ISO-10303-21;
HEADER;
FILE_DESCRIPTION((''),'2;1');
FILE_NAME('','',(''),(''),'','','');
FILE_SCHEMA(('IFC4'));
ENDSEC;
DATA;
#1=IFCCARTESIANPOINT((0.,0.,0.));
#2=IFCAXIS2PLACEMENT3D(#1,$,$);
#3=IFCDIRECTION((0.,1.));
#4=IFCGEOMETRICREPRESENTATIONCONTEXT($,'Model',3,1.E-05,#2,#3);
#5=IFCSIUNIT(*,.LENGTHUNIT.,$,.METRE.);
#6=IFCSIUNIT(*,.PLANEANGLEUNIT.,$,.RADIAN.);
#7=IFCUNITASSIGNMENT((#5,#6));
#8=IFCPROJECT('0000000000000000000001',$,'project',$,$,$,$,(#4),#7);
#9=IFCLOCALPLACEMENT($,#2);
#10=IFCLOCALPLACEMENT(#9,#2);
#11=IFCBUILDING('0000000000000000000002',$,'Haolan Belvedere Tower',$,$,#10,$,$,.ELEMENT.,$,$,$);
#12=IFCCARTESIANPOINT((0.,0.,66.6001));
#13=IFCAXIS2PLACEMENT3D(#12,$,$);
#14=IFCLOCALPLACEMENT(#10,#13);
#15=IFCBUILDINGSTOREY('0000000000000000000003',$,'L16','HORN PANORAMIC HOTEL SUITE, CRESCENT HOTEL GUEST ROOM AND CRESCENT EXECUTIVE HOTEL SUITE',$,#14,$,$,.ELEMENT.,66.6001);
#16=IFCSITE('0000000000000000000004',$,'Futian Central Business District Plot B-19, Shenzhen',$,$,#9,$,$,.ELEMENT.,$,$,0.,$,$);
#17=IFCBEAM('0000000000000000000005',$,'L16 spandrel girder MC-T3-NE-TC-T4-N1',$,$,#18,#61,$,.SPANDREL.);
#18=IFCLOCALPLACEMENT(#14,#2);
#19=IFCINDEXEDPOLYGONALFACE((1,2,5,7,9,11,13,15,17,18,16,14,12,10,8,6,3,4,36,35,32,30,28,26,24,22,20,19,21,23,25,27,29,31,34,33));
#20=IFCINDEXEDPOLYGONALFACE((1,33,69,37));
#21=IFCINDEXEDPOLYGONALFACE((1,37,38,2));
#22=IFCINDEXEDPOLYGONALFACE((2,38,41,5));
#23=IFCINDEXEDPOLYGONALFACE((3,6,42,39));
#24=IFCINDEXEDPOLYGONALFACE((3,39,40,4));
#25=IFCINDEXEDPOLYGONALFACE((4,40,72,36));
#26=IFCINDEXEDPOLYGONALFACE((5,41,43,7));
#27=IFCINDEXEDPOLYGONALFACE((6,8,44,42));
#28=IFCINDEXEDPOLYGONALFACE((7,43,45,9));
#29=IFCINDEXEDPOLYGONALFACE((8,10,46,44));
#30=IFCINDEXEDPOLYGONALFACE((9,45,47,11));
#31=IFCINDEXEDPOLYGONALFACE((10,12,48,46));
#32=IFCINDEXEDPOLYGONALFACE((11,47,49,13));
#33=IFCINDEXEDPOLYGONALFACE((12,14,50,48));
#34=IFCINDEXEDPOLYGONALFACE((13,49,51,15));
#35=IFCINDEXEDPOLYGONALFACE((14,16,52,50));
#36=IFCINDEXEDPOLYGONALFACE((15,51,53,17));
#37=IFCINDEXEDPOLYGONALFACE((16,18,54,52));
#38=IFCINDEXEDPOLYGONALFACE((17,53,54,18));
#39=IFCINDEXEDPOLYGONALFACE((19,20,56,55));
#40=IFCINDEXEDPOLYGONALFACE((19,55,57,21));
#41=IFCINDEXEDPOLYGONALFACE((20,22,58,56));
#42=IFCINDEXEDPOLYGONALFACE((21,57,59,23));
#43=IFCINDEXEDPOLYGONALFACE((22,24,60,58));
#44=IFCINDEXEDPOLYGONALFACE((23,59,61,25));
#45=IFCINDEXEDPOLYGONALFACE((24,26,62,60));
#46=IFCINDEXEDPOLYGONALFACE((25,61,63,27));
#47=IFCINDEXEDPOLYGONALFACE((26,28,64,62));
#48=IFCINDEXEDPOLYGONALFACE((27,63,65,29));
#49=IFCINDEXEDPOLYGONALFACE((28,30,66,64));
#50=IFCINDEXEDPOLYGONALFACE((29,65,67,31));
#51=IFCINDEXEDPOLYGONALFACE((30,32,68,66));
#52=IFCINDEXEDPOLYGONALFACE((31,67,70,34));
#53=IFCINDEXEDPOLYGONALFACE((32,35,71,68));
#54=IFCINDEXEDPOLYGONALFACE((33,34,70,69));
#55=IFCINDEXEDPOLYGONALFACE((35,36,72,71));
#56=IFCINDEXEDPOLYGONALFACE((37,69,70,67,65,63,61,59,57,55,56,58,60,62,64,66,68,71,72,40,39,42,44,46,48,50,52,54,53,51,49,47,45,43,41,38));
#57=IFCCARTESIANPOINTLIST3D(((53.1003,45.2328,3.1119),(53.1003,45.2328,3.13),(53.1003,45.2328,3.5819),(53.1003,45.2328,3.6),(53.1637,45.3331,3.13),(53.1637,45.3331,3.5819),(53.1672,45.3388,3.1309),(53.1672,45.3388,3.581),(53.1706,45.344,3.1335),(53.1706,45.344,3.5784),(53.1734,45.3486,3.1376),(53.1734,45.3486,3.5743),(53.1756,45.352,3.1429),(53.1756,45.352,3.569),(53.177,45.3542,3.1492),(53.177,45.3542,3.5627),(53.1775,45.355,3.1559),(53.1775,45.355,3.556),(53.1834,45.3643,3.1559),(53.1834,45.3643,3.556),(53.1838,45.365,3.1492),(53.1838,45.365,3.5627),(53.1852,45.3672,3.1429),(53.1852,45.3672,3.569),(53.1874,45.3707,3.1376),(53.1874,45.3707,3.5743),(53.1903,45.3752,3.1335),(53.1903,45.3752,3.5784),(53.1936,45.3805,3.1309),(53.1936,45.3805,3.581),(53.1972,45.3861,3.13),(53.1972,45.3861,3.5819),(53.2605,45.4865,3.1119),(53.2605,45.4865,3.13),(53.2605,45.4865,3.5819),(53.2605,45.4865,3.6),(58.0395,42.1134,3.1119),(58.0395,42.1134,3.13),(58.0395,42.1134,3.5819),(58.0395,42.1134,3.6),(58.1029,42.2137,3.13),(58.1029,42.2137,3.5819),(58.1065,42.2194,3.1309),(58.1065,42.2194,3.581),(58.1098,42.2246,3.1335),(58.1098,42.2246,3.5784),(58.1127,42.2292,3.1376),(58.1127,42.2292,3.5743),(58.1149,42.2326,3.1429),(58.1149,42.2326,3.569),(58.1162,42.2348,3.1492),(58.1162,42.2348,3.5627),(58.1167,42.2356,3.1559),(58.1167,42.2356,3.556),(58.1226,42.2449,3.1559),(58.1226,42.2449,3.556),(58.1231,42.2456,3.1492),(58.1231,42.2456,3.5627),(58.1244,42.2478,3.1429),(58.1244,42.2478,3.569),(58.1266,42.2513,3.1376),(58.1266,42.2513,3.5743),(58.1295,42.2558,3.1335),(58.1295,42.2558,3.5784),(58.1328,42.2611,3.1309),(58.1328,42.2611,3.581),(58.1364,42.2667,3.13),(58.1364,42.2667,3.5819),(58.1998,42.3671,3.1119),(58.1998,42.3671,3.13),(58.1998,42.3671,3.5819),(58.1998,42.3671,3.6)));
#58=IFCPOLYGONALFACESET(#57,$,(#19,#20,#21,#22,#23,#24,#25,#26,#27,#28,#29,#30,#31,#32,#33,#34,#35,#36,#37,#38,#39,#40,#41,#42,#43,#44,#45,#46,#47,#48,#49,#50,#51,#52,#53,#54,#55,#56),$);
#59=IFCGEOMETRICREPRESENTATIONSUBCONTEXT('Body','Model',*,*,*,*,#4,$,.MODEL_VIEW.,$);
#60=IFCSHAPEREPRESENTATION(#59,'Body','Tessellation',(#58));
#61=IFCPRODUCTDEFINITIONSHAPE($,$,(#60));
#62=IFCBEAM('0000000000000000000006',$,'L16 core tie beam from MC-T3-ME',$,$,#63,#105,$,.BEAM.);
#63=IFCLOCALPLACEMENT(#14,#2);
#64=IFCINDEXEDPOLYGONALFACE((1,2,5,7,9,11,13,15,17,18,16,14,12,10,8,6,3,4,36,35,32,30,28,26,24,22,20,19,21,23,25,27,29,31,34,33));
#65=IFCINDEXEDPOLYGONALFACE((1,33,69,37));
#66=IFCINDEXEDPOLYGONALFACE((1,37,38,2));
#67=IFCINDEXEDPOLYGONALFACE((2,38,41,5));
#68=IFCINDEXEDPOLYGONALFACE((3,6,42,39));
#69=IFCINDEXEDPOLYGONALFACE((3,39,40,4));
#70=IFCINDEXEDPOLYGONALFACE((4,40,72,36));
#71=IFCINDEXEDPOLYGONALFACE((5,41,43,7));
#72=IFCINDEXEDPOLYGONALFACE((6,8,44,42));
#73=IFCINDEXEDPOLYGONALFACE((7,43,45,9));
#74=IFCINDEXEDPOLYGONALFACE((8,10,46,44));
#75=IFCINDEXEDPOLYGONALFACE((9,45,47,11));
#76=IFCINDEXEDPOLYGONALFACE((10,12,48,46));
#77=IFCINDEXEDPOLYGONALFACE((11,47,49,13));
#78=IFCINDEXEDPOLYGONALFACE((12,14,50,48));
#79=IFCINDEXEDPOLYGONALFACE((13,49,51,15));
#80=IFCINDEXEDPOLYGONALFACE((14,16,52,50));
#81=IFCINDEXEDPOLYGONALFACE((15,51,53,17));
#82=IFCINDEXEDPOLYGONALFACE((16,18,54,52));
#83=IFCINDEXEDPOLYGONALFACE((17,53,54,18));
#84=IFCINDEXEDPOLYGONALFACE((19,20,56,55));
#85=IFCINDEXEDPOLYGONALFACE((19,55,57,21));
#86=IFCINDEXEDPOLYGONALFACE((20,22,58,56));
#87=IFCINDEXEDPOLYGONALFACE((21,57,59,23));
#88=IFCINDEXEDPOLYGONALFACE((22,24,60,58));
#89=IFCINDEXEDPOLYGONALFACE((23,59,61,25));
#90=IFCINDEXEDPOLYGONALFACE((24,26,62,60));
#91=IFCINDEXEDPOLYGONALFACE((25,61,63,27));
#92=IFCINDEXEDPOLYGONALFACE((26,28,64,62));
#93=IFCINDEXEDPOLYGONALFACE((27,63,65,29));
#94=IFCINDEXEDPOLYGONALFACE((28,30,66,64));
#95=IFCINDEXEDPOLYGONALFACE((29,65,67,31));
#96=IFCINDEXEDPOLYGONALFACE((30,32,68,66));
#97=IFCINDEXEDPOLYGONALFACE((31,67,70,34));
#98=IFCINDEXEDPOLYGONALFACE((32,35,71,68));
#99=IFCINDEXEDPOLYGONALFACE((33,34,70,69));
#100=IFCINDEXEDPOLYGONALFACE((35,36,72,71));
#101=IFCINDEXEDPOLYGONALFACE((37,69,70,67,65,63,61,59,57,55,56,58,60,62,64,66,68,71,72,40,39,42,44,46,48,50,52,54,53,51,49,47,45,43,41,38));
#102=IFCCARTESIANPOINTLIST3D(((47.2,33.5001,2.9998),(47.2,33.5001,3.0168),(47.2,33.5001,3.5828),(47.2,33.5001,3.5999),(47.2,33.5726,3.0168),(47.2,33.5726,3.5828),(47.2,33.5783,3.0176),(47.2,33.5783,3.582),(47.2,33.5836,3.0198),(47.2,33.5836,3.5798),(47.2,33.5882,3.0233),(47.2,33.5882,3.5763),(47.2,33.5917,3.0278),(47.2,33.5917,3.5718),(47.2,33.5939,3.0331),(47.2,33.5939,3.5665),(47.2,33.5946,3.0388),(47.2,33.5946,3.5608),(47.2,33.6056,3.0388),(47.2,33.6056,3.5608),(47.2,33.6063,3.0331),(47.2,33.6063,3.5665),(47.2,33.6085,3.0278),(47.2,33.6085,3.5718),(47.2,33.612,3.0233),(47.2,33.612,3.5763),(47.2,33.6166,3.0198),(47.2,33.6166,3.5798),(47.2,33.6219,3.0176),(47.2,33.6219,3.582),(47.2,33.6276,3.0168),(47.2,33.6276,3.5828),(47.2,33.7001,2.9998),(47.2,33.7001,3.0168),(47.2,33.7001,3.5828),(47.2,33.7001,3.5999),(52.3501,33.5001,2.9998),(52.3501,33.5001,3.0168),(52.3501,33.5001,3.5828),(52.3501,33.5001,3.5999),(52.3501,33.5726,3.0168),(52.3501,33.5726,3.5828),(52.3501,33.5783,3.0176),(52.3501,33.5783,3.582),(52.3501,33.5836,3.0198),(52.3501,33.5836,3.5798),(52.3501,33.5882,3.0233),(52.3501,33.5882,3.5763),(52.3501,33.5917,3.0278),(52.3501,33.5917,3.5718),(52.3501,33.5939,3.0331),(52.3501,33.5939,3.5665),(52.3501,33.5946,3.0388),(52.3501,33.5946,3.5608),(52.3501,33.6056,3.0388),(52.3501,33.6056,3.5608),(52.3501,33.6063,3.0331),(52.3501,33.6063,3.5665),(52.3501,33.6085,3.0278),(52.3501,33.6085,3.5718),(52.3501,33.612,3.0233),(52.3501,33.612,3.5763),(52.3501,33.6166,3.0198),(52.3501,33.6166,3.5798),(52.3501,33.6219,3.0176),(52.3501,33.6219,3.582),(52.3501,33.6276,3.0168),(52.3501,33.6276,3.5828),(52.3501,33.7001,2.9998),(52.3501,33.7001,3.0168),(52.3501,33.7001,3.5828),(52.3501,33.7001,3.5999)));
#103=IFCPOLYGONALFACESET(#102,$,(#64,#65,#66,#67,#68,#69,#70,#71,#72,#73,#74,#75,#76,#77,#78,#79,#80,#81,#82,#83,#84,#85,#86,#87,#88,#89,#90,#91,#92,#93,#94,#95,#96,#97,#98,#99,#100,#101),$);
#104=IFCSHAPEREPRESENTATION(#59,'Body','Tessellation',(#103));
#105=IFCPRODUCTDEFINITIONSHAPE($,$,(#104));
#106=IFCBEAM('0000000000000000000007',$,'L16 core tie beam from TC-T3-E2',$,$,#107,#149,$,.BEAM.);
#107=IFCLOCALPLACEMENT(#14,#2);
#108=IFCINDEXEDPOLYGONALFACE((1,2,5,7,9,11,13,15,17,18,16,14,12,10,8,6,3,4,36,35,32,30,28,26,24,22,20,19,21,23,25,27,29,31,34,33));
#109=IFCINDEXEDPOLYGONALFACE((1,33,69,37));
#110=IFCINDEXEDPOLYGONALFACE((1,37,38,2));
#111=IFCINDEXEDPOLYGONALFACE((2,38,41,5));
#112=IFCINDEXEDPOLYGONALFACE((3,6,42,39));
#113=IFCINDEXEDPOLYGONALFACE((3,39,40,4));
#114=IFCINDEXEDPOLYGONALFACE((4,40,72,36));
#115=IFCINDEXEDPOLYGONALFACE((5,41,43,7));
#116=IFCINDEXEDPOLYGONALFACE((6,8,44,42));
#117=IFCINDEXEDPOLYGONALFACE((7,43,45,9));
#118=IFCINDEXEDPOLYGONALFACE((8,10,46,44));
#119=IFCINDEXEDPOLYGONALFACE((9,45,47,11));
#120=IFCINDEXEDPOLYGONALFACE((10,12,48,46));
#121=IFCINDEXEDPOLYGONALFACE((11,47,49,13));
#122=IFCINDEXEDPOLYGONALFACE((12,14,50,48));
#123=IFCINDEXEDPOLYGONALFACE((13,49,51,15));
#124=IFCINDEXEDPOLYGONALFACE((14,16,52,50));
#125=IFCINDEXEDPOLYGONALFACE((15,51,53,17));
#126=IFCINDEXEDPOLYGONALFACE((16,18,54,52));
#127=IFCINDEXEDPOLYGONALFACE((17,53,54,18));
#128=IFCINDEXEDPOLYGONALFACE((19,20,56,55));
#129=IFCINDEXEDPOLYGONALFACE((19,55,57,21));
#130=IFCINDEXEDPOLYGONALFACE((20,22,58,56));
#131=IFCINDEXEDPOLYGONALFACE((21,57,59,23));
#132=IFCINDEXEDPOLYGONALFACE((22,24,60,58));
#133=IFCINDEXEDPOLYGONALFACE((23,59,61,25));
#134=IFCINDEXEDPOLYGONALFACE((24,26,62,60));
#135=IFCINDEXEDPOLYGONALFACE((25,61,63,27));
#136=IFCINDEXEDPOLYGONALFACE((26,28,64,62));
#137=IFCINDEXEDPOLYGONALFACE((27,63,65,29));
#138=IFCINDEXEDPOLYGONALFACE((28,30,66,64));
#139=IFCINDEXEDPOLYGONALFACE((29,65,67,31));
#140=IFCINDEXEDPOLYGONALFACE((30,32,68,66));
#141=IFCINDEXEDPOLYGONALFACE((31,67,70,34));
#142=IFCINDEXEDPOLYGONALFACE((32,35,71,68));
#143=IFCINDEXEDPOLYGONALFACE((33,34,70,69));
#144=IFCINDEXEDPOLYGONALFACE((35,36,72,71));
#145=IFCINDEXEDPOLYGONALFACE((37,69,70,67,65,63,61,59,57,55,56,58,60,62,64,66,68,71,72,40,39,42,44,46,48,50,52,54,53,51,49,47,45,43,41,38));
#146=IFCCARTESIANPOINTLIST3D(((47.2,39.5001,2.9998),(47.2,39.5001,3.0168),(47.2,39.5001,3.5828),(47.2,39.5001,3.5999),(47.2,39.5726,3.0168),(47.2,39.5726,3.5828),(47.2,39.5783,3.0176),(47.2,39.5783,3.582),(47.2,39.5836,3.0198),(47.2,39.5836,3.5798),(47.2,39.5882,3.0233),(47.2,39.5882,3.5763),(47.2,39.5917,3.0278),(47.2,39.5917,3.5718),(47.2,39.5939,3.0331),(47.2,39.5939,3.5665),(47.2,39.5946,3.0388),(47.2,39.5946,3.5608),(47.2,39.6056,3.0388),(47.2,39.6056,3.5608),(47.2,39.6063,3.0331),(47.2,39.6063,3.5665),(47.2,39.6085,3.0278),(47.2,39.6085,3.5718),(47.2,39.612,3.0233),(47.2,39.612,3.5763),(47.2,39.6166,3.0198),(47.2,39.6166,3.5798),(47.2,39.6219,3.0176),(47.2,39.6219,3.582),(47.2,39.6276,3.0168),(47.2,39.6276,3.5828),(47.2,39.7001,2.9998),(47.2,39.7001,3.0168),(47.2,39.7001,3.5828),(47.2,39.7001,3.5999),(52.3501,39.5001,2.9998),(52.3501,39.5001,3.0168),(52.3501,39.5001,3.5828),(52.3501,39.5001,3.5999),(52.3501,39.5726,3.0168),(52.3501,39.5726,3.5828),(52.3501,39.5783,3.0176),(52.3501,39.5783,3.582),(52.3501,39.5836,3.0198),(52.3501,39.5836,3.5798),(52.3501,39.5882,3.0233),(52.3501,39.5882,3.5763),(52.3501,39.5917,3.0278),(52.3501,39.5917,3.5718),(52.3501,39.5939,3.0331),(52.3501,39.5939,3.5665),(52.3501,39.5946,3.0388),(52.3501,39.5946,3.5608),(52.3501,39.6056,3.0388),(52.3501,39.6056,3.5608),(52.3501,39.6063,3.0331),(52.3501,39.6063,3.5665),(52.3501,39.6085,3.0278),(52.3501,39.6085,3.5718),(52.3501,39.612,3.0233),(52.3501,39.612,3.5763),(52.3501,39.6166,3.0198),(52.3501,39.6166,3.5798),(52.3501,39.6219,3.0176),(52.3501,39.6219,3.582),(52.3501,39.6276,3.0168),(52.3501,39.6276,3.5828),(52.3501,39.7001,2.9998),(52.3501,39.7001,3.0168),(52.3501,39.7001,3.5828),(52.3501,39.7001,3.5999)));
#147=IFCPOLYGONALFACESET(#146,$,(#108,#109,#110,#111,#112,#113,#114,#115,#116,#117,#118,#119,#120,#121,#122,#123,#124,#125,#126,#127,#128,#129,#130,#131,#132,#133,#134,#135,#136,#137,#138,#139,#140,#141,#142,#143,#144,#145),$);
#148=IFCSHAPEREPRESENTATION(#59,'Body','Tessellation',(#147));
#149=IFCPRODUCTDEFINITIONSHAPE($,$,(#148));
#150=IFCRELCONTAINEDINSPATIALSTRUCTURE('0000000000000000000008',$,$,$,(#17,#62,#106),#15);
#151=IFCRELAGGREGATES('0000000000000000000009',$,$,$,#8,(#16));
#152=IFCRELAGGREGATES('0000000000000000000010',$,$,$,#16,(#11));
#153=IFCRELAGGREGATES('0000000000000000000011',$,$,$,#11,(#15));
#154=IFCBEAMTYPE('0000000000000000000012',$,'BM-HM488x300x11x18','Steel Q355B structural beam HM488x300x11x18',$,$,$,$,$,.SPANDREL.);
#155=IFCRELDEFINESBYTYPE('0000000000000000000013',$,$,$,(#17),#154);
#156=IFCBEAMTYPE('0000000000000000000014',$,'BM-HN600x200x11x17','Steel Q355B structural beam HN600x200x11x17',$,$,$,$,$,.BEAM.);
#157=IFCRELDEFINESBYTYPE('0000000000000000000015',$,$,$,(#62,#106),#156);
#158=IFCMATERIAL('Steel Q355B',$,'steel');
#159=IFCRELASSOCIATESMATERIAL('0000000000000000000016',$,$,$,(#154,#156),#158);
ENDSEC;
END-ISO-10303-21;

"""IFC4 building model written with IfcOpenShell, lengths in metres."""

from ifc_helpers import new_model, si_unit, direction, frame, origin, origin_2d, place, context, subcontext, project, spatial, i_section, extrude, material, material_profile, profile_set, type_object, element, save


model = new_model("IFC4")

# Units and contexts
model_context = context("Model", 3, precision=1e-05, world=origin(), true_north=direction((0.0, 1.0)))
body_context = subcontext(model_context, "Body", "Model", "MODEL_VIEW")
ifc_project = project(units=[si_unit("LENGTHUNIT", "METRE"), si_unit("PLANEANGLEUNIT", "RADIAN")], contexts=[model_context])

# Site, building, storey
site_placement = place(None, origin())
site = spatial("IfcSite", under=ifc_project, at=site_placement, Name="Futian Central Business District Plot B-19, Shenzhen", CompositionType="ELEMENT", RefElevation=0.0)
building_placement = place(site_placement, origin())
building = spatial("IfcBuilding", under=site, at=building_placement, Name="Haolan Belvedere Tower", CompositionType="ELEMENT")
storey_placement = place(building_placement, frame((0.0, 0.0, 66.6001)))
storey = spatial("IfcBuildingStorey", under=building, at=storey_placement, Name="L16", Description="HORN PANORAMIC HOTEL SUITE, CRESCENT HOTEL GUEST ROOM AND CRESCENT EXECUTIVE HOTEL SUITE", CompositionType="ELEMENT", Elevation=66.6001)

# Shared definitions
ifc_material_1 = material(Name="Steel Q355B", Category="steel")

# Beams
ifc_material_profile_1 = material_profile(ifc_material_1, i_section(OverallWidth=0.3, OverallDepth=0.488, WebThickness=0.011, FlangeThickness=0.0181, FilletRadius=0.0259, at=origin_2d()), Name="Steel Q355B")
ifc_profile_set_1 = profile_set([ifc_material_profile_1], Name="Steel Q355B")
beam_type_1 = type_object("IfcBeamType", Name="BM-HM488x300x11x18", Description="Steel Q355B structural beam HM488x300x11x18", PredefinedType="SPANDREL", material=ifc_profile_set_1)
beam_placement = place(storey_placement, frame((53.1804, 45.3596, 3.356), z_axis=(0.845498, -0.533979, 0.0), x_axis=(0.533979, 0.845498, 0.0)))
element("IfcBeam", 1, at=beam_placement, inside=storey, type_object=beam_type_1, Name="L16 spandrel girder MC-T3-NE-TC-T4-N1", PredefinedType="SPANDREL", context=body_context, shape_type="SweptSolid", body=[
    extrude(i_section(OverallWidth=0.3, OverallDepth=0.488, WebThickness=0.011, FlangeThickness=0.0181, FilletRadius=0.0259, at=origin_2d()), origin(), (0.0, 0.0, 1.0), 5.8418),
])
ifc_material_profile_2 = material_profile(ifc_material_1, i_section(OverallWidth=0.2, OverallDepth=0.6001, WebThickness=0.011, FlangeThickness=0.0171, FilletRadius=0.022, at=origin_2d()), Name="Steel Q355B")
ifc_profile_set_2 = profile_set([ifc_material_profile_2], Name="Steel Q355B")
beam_type_2 = type_object("IfcBeamType", Name="BM-HN600x200x11x17", Description="Steel Q355B structural beam HN600x200x11x17", PredefinedType="BEAM", material=ifc_profile_set_2)
for number, where, z_axis, x_axis, name in (
    (2, (52.3501, 33.6001, 3.2998), (-1.0, 0.0, 0.0), (0.0, -1.0, 0.0), "L16 core tie beam from MC-T3-ME"),
    (3, (52.3501, 39.6001, 3.2998), (-1.0, 0.0, 0.0), (0.0, -1.0, 0.0), "L16 core tie beam from TC-T3-E2"),
):
    element("IfcBeam", number, at=place(storey_placement, frame(where, z_axis=z_axis, x_axis=x_axis)), inside=storey, type_object=beam_type_2, Name=name, PredefinedType="BEAM", context=body_context, shape_type="SweptSolid", body=[
        extrude(i_section(OverallWidth=0.2, OverallDepth=0.6001, WebThickness=0.011, FlangeThickness=0.0171, FilletRadius=0.022, at=origin_2d()), origin(), (0.0, 0.0, 1.0), 5.1501),
    ])

save(model, "model.ifc")
